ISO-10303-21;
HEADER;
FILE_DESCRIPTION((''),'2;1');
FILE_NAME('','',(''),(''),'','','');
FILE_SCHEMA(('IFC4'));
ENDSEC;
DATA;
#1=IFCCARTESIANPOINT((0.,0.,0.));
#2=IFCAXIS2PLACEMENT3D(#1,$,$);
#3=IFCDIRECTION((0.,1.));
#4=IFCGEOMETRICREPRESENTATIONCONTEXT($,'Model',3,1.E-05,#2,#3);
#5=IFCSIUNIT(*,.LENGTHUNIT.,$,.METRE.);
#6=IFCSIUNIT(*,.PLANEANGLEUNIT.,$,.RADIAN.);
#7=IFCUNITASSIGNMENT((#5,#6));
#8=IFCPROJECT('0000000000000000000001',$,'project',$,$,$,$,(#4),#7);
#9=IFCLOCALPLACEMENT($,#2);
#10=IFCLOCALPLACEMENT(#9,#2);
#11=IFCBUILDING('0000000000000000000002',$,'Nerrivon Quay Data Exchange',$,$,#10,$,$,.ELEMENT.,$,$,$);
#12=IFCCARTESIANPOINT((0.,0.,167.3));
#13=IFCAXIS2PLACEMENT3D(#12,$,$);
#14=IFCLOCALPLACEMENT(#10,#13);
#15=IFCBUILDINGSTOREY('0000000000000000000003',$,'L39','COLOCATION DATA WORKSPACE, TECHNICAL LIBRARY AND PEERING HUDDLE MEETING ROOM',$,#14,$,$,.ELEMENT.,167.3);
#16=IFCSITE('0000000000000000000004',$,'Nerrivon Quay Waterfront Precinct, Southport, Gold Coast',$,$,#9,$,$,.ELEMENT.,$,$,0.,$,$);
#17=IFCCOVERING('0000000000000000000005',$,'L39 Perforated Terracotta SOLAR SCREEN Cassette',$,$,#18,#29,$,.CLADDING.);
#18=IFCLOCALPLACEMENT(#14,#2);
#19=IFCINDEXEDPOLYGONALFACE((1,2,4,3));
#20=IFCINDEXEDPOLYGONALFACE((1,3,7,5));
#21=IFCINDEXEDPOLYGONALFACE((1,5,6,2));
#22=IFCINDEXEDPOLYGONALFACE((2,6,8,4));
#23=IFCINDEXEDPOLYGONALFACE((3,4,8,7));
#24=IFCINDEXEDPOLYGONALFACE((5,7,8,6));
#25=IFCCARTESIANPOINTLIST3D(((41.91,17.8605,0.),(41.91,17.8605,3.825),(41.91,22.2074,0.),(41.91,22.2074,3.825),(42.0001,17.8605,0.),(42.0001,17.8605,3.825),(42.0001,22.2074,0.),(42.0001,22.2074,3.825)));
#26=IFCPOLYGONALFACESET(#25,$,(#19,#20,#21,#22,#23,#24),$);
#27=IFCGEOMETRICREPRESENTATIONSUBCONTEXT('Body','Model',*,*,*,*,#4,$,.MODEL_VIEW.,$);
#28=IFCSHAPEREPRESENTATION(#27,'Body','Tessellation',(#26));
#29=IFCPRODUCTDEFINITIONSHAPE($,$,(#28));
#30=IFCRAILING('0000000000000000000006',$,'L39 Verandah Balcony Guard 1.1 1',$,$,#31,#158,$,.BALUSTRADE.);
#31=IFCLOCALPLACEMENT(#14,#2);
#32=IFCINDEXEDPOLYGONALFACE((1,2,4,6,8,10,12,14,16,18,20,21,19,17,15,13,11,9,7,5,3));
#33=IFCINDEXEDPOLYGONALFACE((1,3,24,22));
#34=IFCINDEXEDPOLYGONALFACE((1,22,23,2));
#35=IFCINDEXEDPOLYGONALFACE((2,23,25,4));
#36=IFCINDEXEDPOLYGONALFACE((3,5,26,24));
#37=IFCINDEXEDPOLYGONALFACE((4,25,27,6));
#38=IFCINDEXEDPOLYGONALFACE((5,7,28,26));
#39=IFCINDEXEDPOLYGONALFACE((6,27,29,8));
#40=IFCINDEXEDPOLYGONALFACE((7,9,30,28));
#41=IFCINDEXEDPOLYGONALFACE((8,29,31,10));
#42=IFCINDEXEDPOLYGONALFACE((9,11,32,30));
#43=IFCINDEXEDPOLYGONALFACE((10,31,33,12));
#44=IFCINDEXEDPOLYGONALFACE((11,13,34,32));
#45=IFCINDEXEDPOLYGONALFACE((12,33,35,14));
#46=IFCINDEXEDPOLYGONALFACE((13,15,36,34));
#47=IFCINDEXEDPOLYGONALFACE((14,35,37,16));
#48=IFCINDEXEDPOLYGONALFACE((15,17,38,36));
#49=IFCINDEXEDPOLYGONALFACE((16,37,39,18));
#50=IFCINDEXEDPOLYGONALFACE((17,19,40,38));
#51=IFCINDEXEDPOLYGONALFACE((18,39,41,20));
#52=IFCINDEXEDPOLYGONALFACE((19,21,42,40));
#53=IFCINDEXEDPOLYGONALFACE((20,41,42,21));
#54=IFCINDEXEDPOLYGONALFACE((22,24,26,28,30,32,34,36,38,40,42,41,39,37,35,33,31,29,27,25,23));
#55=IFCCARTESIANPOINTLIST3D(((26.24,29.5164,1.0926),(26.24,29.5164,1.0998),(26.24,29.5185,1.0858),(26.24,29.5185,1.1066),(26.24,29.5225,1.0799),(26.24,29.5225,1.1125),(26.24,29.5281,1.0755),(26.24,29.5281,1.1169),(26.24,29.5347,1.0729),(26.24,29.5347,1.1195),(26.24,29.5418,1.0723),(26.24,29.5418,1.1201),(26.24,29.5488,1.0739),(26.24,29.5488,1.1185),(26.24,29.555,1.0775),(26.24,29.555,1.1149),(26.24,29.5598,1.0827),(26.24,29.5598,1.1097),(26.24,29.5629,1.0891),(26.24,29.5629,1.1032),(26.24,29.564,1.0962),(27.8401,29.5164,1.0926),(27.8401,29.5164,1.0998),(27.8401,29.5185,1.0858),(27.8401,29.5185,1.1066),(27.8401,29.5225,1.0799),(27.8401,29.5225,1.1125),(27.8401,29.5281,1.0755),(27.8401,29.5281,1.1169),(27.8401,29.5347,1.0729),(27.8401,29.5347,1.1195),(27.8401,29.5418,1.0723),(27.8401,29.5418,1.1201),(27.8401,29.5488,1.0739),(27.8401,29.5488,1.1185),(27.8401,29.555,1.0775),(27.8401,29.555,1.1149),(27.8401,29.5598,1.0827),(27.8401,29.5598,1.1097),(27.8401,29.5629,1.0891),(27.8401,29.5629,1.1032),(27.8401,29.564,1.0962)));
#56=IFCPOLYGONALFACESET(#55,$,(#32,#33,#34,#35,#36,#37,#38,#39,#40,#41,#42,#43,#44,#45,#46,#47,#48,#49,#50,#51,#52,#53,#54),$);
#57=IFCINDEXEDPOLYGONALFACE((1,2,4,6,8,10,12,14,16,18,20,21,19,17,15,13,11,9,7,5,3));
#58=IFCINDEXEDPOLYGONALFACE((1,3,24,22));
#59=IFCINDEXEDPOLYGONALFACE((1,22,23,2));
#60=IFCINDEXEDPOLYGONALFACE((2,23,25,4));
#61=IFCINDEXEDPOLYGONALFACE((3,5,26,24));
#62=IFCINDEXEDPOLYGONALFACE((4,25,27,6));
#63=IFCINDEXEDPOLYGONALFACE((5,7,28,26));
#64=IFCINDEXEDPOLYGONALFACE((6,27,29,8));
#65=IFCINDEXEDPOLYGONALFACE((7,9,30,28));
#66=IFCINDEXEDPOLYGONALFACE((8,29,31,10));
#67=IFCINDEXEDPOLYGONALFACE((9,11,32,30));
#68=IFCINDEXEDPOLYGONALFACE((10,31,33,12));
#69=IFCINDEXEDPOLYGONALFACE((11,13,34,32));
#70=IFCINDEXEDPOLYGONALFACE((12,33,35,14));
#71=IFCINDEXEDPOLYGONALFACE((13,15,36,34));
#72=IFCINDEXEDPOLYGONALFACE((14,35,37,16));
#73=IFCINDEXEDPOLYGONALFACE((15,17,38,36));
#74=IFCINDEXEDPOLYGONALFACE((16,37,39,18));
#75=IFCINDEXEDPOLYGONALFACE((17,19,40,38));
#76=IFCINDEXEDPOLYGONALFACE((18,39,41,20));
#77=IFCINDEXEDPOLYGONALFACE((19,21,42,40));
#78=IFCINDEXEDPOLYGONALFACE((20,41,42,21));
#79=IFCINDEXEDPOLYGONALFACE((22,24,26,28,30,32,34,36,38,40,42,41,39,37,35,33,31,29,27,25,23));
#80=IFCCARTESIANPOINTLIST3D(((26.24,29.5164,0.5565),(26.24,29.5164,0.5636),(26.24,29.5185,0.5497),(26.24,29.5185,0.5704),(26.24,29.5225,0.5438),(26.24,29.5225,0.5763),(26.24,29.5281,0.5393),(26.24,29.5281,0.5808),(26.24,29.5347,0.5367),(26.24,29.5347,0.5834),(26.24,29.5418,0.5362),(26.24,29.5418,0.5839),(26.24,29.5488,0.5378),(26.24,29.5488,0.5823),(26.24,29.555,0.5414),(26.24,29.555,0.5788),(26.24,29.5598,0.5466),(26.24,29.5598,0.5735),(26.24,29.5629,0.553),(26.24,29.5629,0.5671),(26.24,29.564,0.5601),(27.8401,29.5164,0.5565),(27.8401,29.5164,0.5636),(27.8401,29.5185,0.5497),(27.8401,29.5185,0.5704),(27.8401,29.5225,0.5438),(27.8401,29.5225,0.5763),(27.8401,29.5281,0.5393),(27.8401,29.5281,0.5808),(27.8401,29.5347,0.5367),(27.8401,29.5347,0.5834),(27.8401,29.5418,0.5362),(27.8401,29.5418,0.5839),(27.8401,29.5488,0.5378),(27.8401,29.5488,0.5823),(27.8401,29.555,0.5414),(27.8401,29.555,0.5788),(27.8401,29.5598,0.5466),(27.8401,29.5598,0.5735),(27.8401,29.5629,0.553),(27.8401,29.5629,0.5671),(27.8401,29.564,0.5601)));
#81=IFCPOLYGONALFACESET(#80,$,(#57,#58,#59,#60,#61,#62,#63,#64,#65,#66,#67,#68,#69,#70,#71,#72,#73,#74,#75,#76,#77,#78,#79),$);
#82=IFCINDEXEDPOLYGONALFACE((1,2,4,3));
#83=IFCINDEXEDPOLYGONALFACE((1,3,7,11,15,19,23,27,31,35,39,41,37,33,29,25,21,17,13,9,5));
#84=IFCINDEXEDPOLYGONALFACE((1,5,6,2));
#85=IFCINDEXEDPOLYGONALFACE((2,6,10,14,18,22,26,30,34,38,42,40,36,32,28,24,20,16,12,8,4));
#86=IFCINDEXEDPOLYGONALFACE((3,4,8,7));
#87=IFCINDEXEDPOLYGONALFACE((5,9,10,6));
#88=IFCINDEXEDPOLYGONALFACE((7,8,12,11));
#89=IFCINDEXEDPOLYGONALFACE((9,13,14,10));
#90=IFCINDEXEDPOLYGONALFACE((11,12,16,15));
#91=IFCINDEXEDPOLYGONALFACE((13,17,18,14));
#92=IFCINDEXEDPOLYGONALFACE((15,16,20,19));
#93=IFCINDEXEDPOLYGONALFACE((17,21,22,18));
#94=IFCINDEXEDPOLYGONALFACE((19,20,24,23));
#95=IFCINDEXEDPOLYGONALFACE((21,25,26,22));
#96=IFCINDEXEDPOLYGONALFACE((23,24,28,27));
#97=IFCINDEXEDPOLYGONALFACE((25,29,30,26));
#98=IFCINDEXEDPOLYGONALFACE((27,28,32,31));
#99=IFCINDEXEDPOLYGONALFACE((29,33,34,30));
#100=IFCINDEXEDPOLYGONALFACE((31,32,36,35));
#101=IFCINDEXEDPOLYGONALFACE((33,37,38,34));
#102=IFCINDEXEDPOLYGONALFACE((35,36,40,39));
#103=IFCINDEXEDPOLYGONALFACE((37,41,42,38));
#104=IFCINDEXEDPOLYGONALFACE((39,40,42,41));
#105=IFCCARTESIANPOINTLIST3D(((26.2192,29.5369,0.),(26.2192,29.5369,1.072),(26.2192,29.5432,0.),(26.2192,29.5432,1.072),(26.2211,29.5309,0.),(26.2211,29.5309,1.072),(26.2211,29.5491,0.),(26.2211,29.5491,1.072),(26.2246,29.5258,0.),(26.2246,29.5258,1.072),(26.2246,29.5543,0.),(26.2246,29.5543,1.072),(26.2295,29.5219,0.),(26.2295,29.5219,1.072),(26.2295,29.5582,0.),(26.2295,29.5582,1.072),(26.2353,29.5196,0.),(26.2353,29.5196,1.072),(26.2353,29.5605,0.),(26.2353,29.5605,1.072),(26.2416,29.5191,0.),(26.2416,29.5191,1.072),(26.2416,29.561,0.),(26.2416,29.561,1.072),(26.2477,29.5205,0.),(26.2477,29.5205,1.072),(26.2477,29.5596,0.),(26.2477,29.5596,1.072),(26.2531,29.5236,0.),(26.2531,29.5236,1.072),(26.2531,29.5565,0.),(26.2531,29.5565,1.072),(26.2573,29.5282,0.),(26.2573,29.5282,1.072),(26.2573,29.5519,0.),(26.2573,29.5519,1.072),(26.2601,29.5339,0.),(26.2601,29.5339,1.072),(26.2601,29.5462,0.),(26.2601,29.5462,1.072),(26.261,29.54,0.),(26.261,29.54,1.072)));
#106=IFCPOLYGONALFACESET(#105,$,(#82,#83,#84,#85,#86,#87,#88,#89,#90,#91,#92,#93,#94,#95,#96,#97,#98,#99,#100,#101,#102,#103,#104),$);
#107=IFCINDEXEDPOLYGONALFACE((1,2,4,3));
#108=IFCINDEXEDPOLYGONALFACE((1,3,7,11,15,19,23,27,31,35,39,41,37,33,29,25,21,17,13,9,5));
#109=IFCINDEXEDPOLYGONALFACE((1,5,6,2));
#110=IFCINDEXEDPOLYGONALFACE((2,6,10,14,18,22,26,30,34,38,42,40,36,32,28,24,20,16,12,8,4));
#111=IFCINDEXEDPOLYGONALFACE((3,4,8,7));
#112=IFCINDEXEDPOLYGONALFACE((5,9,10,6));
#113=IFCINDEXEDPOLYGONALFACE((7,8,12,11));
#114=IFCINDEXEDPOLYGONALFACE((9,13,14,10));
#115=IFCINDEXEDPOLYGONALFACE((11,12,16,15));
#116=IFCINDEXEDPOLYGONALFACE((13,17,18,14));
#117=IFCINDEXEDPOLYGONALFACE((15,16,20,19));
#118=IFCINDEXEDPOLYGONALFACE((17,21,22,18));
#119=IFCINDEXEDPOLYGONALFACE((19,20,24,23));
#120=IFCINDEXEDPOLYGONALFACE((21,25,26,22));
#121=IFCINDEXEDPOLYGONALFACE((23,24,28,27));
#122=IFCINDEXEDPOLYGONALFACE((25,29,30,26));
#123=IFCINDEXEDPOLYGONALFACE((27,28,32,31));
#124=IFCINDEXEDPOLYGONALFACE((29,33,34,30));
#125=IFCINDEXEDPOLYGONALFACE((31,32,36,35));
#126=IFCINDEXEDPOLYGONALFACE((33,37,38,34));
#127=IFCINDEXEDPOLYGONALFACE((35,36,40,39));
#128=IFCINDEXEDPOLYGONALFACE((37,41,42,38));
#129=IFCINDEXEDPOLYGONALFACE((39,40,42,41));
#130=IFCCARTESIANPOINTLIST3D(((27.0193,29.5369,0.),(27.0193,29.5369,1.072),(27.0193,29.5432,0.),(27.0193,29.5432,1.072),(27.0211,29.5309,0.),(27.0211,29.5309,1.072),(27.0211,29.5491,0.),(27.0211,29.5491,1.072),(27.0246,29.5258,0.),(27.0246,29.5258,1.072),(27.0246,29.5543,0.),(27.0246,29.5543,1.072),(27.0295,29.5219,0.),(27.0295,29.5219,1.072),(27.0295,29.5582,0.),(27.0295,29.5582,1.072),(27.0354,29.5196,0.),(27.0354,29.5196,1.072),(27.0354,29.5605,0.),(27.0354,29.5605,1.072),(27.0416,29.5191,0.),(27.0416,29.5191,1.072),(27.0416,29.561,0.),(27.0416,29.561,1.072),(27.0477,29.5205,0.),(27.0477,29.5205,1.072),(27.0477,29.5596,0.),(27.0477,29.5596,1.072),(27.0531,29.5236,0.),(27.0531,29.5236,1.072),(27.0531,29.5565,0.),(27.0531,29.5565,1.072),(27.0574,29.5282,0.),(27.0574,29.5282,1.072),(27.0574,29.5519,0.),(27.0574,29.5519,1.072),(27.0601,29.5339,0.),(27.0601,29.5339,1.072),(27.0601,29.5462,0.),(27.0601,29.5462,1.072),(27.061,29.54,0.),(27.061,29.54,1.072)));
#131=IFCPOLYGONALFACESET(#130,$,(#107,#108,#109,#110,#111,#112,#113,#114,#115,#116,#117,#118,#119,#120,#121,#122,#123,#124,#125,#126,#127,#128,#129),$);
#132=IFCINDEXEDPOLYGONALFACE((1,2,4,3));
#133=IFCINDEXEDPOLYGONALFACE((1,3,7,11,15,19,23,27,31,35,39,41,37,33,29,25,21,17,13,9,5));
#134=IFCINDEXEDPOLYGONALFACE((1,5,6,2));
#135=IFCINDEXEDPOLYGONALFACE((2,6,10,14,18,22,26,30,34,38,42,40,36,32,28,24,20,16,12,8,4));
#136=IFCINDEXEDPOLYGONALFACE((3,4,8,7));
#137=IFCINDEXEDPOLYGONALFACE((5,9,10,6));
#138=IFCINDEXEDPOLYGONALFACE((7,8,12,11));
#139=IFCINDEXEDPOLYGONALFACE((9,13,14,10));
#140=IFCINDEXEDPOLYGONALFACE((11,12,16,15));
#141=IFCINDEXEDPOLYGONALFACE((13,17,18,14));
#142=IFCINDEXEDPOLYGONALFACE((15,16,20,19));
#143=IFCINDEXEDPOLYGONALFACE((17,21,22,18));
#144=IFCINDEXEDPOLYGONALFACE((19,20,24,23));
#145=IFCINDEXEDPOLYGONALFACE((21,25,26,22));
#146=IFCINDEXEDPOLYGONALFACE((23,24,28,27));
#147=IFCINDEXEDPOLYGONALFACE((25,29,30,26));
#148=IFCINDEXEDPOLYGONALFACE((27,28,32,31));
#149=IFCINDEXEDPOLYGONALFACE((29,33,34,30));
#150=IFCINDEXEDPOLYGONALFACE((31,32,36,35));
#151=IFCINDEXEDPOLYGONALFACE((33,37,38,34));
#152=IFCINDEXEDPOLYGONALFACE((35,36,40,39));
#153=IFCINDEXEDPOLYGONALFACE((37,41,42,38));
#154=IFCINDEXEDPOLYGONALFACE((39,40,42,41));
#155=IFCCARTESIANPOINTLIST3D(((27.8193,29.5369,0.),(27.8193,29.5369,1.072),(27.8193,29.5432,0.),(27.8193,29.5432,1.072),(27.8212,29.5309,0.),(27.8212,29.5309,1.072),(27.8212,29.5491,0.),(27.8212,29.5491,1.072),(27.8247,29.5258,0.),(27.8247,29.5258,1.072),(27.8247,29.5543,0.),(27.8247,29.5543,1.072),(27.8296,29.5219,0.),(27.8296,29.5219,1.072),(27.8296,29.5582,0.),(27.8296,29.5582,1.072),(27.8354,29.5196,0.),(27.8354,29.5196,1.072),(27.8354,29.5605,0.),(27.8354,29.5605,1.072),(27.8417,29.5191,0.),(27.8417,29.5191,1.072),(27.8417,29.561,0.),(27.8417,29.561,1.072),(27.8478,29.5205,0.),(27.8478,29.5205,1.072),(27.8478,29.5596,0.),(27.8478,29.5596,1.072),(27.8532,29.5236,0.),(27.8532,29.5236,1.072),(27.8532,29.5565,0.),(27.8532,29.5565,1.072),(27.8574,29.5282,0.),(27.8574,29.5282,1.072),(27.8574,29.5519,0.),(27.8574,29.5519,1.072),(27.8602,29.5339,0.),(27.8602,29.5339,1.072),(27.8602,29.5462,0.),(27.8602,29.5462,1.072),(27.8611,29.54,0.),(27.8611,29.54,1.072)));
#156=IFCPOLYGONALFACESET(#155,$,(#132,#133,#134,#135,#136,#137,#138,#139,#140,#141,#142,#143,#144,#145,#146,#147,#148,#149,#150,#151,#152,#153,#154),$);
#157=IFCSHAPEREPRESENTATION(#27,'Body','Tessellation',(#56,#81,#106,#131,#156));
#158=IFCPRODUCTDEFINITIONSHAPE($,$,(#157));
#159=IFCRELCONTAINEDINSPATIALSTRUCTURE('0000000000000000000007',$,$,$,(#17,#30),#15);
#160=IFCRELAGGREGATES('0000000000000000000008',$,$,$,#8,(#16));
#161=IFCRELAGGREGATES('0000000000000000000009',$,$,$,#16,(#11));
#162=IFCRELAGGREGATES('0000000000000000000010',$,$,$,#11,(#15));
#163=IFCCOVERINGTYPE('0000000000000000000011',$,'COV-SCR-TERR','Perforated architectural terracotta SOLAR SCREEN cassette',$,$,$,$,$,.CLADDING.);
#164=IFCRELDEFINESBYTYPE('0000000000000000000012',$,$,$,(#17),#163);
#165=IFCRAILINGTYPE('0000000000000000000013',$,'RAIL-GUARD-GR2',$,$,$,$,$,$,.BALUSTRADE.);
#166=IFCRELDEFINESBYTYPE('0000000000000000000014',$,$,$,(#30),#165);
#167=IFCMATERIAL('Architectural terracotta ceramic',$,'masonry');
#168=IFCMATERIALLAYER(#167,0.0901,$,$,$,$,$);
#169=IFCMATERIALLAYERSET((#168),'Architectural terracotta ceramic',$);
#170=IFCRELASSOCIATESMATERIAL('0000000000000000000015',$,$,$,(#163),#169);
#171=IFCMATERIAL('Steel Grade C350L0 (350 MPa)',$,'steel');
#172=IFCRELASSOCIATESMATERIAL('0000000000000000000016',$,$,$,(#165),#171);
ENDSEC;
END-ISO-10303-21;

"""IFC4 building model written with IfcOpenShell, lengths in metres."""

from ifc_helpers import new_model, si_unit, direction, frame, origin, origin_2d, place, context, subcontext, project, spatial, rectangle, circle, extrude, material, layer, layer_set, type_object, element, save


model = new_model("IFC4")

# Units and contexts
model_context = context("Model", 3, precision=1e-05, world=origin(), true_north=direction((0.0, 1.0)))
body_context = subcontext(model_context, "Body", "Model", "MODEL_VIEW")
ifc_project = project(units=[si_unit("LENGTHUNIT", "METRE"), si_unit("PLANEANGLEUNIT", "RADIAN")], contexts=[model_context])

# Site, building, storey
site_placement = place(None, origin())
site = spatial("IfcSite", under=ifc_project, at=site_placement, Name="Nerrivon Quay Waterfront Precinct, Southport, Gold Coast", CompositionType="ELEMENT", RefElevation=0.0)
building_placement = place(site_placement, origin())
building = spatial("IfcBuilding", under=site, at=building_placement, Name="Nerrivon Quay Data Exchange", CompositionType="ELEMENT")
storey_placement = place(building_placement, frame((0.0, 0.0, 167.3)))
storey = spatial("IfcBuildingStorey", under=building, at=storey_placement, Name="L39", Description="COLOCATION DATA WORKSPACE, TECHNICAL LIBRARY AND PEERING HUDDLE MEETING ROOM", CompositionType="ELEMENT", Elevation=167.3)

# Shared definitions
ifc_material_1 = material(Name="Steel Grade C350L0 (350 MPa)", Category="steel")

# Covering
ifc_material_2 = material(Name="Architectural terracotta ceramic", Category="masonry")
ifc_layer_1 = layer(ifc_material_2, 0.0901)
ifc_layer_set_1 = layer_set([ifc_layer_1], Name="Architectural terracotta ceramic")
covering_type = type_object("IfcCoveringType", Name="COV-SCR-TERR", Description="Perforated architectural terracotta SOLAR SCREEN cassette", PredefinedType="CLADDING", material=ifc_layer_set_1)
for number, where, z_axis, x_axis, name in (
    (1, (41.9551, 20.0339, 0.0), (0.0, 0.0, 1.0), (0.0, -1.0, 0.0), "L39 Perforated Terracotta SOLAR SCREEN Cassette"),
):
    element("IfcCovering", number, at=place(storey_placement, frame(where, z_axis=z_axis, x_axis=x_axis)), inside=storey, type_object=covering_type, Name=name, PredefinedType="CLADDING", context=body_context, shape_type="SweptSolid", body=[
        extrude(rectangle(XDim=4.3469, YDim=0.0901, at=origin_2d()), origin(), (0.0, 0.0, 1.0), 3.825),
    ])

# Railing
railing_type = type_object("IfcRailingType", Name="RAIL-GUARD-GR2", PredefinedType="BALUSTRADE", material=ifc_material_1)
railing_1_placement = place(storey_placement, frame((26.24, 29.54, 0.0)))
element("IfcRailing", 2, at=railing_1_placement, inside=storey, type_object=railing_type, Name="L39 Verandah Balcony Guard 1.1 1", PredefinedType="BALUSTRADE", context=body_context, shape_type="SweptSolid", body=[
    extrude(circle(Radius=0.0239, at=origin_2d()), frame((0.0, 0.0, 1.0962), z_axis=(1.0, 0.0, 0.0), x_axis=(0.0, 1.0, 0.0)), (0.0, 0.0, 1.0), 1.6001),
    extrude(circle(Radius=0.0239, at=origin_2d()), frame((0.0, 0.0, 0.5601), z_axis=(1.0, 0.0, 0.0), x_axis=(0.0, 1.0, 0.0)), (0.0, 0.0, 1.0), 1.6001),
    extrude(circle(Radius=0.021, at=origin_2d()), origin(), (0.0, 0.0, 1.0), 1.072),
    extrude(circle(Radius=0.021, at=origin_2d()), frame((0.8, 0.0, 0.0)), (0.0, 0.0, 1.0), 1.072),
    extrude(circle(Radius=0.021, at=origin_2d()), frame((1.6001, 0.0, 0.0)), (0.0, 0.0, 1.0), 1.072),
])

save(model, "model.ifc")
